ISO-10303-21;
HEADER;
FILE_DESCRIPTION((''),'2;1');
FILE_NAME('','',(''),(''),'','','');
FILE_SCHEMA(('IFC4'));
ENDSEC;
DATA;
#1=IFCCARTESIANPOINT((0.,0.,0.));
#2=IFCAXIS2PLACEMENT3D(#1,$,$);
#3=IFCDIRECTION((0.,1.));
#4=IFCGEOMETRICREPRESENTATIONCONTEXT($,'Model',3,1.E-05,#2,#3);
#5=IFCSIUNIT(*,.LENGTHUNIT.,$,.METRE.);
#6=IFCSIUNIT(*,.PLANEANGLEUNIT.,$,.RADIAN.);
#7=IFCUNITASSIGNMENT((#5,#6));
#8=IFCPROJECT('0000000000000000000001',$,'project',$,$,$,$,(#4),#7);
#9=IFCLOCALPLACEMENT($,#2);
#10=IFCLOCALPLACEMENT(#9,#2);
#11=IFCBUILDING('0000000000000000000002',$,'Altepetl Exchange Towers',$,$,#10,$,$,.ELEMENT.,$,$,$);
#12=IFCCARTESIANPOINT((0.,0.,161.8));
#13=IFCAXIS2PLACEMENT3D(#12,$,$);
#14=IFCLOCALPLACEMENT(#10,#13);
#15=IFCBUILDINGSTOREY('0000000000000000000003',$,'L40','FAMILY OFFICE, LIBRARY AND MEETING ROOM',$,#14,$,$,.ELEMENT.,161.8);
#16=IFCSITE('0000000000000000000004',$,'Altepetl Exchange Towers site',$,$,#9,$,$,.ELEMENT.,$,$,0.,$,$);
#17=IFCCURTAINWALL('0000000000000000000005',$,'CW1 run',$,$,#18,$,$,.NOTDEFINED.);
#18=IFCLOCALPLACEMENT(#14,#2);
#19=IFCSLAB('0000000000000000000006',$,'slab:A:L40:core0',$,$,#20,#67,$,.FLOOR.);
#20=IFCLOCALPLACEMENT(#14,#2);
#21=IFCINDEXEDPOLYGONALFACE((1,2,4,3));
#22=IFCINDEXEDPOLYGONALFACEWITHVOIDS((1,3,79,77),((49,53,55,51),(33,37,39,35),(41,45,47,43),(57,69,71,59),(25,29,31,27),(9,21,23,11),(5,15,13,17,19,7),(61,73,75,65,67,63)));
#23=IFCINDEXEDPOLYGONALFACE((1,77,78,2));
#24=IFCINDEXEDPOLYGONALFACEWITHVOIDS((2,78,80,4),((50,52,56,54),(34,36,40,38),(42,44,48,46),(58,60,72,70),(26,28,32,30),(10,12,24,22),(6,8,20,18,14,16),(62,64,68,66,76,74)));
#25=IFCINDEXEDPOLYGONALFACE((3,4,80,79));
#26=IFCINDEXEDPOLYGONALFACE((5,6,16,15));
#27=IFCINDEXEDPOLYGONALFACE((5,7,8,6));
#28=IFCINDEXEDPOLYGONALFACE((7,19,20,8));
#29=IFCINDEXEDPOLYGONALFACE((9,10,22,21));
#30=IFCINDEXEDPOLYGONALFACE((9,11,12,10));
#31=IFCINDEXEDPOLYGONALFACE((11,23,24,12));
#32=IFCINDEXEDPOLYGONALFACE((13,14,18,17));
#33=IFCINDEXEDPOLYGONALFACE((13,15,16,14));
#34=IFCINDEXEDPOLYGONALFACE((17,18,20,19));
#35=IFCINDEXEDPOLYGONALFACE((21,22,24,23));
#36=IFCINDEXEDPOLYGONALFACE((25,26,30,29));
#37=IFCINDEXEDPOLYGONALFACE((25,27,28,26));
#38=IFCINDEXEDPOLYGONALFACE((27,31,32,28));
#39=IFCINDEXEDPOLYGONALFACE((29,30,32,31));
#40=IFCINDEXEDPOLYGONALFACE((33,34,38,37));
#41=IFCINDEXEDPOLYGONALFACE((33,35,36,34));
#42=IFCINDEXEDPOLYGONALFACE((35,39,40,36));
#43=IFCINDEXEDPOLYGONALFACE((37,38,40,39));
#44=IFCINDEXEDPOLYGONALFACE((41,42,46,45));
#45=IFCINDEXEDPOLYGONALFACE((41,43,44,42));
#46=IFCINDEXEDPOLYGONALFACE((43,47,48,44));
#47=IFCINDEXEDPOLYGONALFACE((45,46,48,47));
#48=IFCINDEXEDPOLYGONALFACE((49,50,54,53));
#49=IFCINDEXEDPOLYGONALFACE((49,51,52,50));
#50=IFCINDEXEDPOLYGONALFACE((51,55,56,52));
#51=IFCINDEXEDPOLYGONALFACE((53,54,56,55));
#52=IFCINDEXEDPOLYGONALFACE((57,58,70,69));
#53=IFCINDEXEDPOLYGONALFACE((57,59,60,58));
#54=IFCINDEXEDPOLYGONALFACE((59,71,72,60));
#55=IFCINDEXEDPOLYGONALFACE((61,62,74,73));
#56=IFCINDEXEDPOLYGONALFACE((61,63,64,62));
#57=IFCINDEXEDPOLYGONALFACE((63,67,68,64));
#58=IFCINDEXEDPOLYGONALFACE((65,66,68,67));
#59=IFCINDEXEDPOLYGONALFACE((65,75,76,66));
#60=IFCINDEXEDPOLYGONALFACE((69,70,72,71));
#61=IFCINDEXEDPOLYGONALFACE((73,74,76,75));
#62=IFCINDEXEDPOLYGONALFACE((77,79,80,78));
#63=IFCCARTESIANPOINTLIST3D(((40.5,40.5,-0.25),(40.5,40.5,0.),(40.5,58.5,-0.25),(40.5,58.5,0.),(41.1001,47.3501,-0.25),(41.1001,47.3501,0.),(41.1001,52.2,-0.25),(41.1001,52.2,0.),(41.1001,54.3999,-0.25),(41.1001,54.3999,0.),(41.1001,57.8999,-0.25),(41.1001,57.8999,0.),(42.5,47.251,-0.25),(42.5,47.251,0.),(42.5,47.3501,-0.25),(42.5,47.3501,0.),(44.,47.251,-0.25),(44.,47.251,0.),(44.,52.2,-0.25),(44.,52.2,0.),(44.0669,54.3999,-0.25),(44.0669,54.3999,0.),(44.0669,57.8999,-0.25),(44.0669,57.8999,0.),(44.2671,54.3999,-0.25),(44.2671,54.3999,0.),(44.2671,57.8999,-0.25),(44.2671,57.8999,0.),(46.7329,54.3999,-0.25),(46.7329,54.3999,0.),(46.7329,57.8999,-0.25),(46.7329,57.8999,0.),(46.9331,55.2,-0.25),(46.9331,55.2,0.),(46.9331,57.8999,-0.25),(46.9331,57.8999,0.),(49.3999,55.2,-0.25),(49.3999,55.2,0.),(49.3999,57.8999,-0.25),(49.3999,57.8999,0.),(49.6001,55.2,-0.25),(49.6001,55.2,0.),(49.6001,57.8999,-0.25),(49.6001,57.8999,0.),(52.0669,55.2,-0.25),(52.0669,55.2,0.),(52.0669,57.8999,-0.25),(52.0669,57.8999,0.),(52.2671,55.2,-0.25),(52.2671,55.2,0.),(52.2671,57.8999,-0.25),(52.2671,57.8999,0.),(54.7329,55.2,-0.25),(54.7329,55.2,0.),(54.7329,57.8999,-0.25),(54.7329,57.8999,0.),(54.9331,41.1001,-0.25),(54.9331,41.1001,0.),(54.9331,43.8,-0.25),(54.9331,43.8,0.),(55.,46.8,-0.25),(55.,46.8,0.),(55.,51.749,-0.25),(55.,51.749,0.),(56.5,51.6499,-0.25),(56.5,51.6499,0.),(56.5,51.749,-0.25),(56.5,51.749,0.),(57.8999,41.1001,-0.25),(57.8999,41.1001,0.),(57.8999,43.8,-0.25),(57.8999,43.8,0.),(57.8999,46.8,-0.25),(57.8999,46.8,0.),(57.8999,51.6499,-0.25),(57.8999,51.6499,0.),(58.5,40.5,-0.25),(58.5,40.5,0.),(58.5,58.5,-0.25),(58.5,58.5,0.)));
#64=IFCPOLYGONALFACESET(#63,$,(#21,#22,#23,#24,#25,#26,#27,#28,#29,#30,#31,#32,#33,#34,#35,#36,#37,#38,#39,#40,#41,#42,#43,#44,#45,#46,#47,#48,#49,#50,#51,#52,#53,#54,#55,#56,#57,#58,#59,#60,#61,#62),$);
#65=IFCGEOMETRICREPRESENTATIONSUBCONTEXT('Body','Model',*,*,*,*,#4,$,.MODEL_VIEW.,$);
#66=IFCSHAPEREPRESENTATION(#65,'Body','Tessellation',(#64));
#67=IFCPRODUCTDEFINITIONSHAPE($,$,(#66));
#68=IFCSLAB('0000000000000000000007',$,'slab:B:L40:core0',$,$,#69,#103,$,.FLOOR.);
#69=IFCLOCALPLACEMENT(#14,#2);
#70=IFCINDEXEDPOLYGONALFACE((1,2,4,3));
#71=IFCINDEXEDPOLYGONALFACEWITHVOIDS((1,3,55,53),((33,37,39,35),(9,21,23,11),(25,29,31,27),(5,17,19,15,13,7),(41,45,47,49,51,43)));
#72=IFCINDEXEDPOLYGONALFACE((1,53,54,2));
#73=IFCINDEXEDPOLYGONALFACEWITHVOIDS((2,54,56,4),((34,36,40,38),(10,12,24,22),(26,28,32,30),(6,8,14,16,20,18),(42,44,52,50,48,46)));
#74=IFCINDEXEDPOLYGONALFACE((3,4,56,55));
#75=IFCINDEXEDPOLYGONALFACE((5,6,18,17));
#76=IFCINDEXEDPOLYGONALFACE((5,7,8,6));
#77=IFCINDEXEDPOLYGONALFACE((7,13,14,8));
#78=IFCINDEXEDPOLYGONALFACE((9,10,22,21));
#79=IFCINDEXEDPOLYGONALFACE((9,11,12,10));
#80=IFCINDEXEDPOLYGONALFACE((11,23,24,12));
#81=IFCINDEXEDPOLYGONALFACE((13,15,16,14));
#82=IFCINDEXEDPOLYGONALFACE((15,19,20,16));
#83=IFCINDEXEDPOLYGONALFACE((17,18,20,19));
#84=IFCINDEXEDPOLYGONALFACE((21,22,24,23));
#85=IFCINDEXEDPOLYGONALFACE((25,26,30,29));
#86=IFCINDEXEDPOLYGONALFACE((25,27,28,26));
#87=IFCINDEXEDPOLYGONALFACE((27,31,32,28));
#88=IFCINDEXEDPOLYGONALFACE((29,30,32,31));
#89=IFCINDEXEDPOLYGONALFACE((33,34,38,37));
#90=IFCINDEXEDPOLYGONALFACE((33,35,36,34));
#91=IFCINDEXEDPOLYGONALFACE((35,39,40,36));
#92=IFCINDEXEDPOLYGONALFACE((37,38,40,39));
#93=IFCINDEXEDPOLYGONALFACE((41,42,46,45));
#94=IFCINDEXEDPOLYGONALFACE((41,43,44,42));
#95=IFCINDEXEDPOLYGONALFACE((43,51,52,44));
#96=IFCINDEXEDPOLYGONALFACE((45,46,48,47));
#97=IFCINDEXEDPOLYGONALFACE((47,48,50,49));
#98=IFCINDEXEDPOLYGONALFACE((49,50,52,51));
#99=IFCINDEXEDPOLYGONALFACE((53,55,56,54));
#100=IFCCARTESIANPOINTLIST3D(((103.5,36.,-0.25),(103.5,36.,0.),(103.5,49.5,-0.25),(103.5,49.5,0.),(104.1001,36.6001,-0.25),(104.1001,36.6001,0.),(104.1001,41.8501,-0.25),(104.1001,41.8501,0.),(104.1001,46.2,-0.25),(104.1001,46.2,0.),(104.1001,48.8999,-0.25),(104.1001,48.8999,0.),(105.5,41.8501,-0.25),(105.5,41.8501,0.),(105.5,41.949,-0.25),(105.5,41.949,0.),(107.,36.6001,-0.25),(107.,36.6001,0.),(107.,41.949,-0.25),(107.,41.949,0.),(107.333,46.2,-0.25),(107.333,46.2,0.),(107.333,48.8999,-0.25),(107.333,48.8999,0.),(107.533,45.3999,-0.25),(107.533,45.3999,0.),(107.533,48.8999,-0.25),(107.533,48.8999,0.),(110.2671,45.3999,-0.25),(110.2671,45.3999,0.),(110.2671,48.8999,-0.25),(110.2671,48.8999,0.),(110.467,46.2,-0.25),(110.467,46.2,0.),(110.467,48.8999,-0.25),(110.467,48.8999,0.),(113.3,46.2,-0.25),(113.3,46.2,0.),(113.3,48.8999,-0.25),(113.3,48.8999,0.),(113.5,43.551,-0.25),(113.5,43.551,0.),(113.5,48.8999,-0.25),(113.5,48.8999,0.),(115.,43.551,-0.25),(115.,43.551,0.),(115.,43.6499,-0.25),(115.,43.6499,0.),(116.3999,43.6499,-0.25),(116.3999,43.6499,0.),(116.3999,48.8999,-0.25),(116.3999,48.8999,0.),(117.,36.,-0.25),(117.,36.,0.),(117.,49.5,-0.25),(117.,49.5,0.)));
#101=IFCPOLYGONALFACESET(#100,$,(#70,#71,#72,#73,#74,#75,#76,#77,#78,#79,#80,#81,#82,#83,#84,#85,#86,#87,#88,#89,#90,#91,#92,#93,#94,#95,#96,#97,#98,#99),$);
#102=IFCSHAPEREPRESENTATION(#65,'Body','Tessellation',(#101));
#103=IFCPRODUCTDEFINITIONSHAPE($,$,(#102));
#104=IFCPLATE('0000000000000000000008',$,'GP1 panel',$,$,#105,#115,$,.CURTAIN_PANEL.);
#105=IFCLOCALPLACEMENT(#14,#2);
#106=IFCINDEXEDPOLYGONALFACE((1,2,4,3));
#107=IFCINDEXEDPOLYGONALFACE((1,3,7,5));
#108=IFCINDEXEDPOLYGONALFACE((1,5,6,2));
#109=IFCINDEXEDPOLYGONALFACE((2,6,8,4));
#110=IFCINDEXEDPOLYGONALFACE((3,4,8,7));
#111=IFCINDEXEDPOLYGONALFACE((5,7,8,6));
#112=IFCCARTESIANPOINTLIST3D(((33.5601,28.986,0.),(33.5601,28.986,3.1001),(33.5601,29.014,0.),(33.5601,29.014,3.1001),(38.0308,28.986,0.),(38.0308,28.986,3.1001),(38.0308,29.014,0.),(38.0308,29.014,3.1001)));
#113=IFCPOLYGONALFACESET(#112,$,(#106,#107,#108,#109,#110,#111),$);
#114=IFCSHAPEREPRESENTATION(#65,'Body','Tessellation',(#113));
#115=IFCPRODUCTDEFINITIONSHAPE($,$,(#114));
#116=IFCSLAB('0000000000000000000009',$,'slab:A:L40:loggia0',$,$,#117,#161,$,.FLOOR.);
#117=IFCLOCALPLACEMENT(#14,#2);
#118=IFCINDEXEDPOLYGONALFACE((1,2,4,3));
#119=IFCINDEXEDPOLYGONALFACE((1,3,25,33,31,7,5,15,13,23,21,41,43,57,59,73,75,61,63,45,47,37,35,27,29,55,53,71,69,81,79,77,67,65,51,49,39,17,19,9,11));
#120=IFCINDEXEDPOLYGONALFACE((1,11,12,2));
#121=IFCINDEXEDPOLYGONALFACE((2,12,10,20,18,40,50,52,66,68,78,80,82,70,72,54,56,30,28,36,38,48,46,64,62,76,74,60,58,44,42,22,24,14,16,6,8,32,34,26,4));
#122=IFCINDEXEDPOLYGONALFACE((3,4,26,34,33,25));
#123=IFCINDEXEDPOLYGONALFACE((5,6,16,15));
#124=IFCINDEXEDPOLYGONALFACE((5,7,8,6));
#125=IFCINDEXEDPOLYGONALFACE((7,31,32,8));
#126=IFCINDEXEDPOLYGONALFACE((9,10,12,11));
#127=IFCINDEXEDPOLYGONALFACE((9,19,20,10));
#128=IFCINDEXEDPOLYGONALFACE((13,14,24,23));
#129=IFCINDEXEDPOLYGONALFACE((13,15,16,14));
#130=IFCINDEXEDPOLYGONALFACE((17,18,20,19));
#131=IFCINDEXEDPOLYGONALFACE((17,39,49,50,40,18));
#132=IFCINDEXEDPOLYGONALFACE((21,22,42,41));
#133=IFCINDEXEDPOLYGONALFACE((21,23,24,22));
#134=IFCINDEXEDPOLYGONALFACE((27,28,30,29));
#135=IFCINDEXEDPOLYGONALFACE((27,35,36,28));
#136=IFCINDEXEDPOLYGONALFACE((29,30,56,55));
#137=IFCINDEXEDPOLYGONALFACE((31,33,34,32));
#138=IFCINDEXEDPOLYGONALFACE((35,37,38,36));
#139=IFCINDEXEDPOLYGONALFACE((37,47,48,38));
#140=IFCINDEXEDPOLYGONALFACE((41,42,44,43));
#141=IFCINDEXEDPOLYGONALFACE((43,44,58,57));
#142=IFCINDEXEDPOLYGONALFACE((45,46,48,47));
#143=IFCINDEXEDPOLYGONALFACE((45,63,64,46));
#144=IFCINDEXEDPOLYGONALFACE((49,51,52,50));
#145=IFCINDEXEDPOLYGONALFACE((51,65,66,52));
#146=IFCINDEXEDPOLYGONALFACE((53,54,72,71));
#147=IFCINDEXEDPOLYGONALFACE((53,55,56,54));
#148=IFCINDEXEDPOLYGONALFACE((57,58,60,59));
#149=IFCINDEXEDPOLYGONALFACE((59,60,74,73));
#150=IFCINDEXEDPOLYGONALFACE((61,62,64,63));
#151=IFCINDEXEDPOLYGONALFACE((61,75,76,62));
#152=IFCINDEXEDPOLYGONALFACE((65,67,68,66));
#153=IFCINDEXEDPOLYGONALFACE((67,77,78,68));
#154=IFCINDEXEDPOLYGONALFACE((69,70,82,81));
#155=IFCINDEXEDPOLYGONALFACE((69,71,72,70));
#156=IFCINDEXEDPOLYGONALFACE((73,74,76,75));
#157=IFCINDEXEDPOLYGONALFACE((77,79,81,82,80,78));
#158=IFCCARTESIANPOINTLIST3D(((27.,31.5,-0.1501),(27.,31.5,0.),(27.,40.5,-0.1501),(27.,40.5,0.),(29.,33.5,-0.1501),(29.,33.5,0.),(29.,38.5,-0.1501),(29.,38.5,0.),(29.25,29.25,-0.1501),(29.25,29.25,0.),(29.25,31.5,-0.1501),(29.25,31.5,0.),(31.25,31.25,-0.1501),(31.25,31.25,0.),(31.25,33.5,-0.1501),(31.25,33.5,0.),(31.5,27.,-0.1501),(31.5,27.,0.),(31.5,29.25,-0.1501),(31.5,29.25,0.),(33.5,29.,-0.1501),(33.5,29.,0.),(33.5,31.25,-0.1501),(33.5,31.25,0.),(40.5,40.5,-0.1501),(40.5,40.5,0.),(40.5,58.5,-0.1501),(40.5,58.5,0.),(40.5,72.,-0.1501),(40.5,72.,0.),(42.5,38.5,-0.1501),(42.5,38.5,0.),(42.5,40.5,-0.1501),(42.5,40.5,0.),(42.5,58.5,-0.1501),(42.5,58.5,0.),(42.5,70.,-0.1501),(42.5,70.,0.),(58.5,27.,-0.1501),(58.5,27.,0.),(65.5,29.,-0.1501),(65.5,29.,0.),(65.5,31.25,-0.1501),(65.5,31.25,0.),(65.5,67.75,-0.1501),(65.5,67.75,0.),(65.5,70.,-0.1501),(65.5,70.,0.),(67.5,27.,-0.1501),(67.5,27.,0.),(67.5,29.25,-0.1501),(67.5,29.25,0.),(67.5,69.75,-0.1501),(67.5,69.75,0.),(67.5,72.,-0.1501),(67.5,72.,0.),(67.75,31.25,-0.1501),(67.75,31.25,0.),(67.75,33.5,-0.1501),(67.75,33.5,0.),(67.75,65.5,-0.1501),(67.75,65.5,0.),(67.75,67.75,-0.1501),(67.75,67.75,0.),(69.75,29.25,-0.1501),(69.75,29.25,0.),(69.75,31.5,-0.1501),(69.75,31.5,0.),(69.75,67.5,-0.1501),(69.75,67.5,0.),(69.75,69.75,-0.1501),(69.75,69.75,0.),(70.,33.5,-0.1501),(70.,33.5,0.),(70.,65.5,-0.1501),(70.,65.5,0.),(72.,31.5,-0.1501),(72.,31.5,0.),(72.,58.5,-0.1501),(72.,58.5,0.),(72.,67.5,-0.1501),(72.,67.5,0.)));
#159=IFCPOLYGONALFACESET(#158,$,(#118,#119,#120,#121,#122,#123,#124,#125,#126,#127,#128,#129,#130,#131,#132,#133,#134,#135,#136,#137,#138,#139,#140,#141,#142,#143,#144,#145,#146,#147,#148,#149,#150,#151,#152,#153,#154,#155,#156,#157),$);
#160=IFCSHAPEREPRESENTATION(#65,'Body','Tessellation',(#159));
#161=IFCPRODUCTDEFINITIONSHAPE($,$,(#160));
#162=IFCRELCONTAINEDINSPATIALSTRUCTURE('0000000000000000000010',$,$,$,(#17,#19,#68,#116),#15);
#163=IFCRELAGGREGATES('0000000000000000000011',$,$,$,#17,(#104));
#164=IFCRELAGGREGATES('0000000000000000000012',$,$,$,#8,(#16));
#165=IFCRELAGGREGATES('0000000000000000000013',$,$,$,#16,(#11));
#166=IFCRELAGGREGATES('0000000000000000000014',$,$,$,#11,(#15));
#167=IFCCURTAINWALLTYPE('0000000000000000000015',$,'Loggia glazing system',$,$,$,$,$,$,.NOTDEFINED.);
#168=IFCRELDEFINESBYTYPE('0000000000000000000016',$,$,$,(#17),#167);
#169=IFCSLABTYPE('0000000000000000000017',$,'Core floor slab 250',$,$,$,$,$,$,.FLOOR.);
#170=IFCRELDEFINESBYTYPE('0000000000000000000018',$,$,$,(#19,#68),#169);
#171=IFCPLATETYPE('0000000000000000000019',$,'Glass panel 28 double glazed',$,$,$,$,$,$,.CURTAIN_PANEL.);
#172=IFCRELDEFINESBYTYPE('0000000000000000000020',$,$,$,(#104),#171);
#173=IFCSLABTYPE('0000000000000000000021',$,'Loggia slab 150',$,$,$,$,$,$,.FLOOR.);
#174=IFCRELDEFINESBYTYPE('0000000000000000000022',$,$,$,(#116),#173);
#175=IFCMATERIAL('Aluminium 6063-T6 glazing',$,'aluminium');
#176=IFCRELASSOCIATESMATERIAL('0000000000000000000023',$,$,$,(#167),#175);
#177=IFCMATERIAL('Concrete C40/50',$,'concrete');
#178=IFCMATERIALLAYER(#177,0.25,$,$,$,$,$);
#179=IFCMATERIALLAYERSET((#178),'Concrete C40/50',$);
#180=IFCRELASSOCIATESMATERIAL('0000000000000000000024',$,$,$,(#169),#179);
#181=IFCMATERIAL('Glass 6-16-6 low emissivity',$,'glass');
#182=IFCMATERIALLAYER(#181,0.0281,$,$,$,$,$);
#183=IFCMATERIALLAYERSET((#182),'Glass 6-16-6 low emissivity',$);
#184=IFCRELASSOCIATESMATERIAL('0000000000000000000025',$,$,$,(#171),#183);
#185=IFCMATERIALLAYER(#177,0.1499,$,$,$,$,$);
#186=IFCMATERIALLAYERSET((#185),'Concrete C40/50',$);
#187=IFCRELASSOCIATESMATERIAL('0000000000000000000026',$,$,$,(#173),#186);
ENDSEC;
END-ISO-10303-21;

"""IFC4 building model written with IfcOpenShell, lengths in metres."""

from ifc_helpers import new_model, si_unit, direction, frame, origin, origin_2d, place, context, subcontext, project, spatial, polyline, rectangle, outline, extrude, material, layer, layer_set, type_object, element, aggregate, save


model = new_model("IFC4")

# Units and contexts
model_context = context("Model", 3, precision=1e-05, world=origin(), true_north=direction((0.0, 1.0)))
body_context = subcontext(model_context, "Body", "Model", "MODEL_VIEW")
ifc_project = project(units=[si_unit("LENGTHUNIT", "METRE"), si_unit("PLANEANGLEUNIT", "RADIAN")], contexts=[model_context])

# Site, building, storey
site_placement = place(None, origin())
site = spatial("IfcSite", under=ifc_project, at=site_placement, Name="Altepetl Exchange Towers site", CompositionType="ELEMENT", RefElevation=0.0)
building_placement = place(site_placement, origin())
building = spatial("IfcBuilding", under=site, at=building_placement, Name="Altepetl Exchange Towers", CompositionType="ELEMENT")
storey_placement = place(building_placement, frame((0.0, 0.0, 161.8)))
storey = spatial("IfcBuildingStorey", under=building, at=storey_placement, Name="L40", Description="FAMILY OFFICE, LIBRARY AND MEETING ROOM", CompositionType="ELEMENT", Elevation=161.8)

# Curtain wall
ifc_material_1 = material(Name="Aluminium 6063-T6 glazing", Category="aluminium")
curtain_wall_type = type_object("IfcCurtainWallType", Name="Loggia glazing system", PredefinedType="NOTDEFINED", material=ifc_material_1)
curtain_wall_1_placement = place(storey_placement, origin())
curtain_wall_1 = element("IfcCurtainWall", 1, at=curtain_wall_1_placement, inside=storey, type_object=curtain_wall_type, Name="CW1 run", PredefinedType="NOTDEFINED")

# Slabs
ifc_material_2 = material(Name="Concrete C40/50", Category="concrete")
ifc_layer_1 = layer(ifc_material_2, 0.25)
ifc_layer_set_1 = layer_set([ifc_layer_1], Name="Concrete C40/50")
slab_type_1 = type_object("IfcSlabType", Name="Core floor slab 250", PredefinedType="FLOOR", material=ifc_layer_set_1)
slab_1_placement = place(storey_placement, frame((0.0, 0.0, -0.25)))
element("IfcSlab", 2, at=slab_1_placement, inside=storey, type_object=slab_type_1, Name="slab:A:L40:core0", PredefinedType="FLOOR", context=body_context, shape_type="SweptSolid", body=[
    extrude(outline(polyline([(40.5, 40.5), (58.5, 40.5), (58.5, 58.5), (40.5, 58.5), (40.5, 40.5)]), holes=[polyline([(54.9331, 43.8), (57.8999, 43.8), (57.8999, 41.1001), (54.9331, 41.1001), (54.9331, 43.8)]), polyline([(55.0, 51.749), (56.5, 51.749), (56.5, 51.6499), (57.8999, 51.6499), (57.8999, 46.8), (55.0, 46.8), (55.0, 51.749)]), polyline([(44.0, 47.251), (42.5, 47.251), (42.5, 47.3501), (41.1001, 47.3501), (41.1001, 52.2), (44.0, 52.2), (44.0, 47.251)]), polyline([(41.1001, 57.8999), (44.0669, 57.8999), (44.0669, 54.3999), (41.1001, 54.3999), (41.1001, 57.8999)]), polyline([(44.2671, 57.8999), (46.7329, 57.8999), (46.7329, 54.3999), (44.2671, 54.3999), (44.2671, 57.8999)]), polyline([(46.9331, 57.8999), (49.3999, 57.8999), (49.3999, 55.2), (46.9331, 55.2), (46.9331, 57.8999)]), polyline([(49.6001, 57.8999), (52.0669, 57.8999), (52.0669, 55.2), (49.6001, 55.2), (49.6001, 57.8999)]), polyline([(52.2671, 57.8999), (54.7329, 57.8999), (54.7329, 55.2), (52.2671, 55.2), (52.2671, 57.8999)])]), origin(), (0.0, 0.0, 1.0), 0.25),
])
slab_2_placement = place(storey_placement, frame((0.0, 0.0, -0.25)))
element("IfcSlab", 3, at=slab_2_placement, inside=storey, type_object=slab_type_1, Name="slab:B:L40:core0", PredefinedType="FLOOR", context=body_context, shape_type="SweptSolid", body=[
    extrude(outline(polyline([(103.5, 36.0), (117.0, 36.0), (117.0, 49.5), (103.5, 49.5), (103.5, 36.0)]), holes=[polyline([(107.0, 36.6001), (104.1001, 36.6001), (104.1001, 41.8501), (105.5, 41.8501), (105.5, 41.949), (107.0, 41.949), (107.0, 36.6001)]), polyline([(113.5, 48.8999), (116.3999, 48.8999), (116.3999, 43.6499), (115.0, 43.6499), (115.0, 43.551), (113.5, 43.551), (113.5, 48.8999)]), polyline([(107.533, 45.3999), (107.533, 48.8999), (110.2671, 48.8999), (110.2671, 45.3999), (107.533, 45.3999)]), polyline([(104.1001, 48.8999), (107.333, 48.8999), (107.333, 46.2), (104.1001, 46.2), (104.1001, 48.8999)]), polyline([(110.467, 48.8999), (113.3, 48.8999), (113.3, 46.2), (110.467, 46.2), (110.467, 48.8999)])]), origin(), (0.0, 0.0, 1.0), 0.25),
])

# Plate
ifc_material_3 = material(Name="Glass 6-16-6 low emissivity", Category="glass")
ifc_layer_2 = layer(ifc_material_3, 0.0281)
ifc_layer_set_2 = layer_set([ifc_layer_2], Name="Glass 6-16-6 low emissivity")
plate_type = type_object("IfcPlateType", Name="Glass panel 28 double glazed", PredefinedType="CURTAIN_PANEL", material=ifc_layer_set_2)
plate_placement = place(storey_placement, frame((35.7954, 29.0, 0.0)))
plate = element("IfcPlate", 4, at=plate_placement, type_object=plate_type, Name="GP1 panel", PredefinedType="CURTAIN_PANEL", context=body_context, shape_type="SweptSolid", body=[
    extrude(rectangle(XDim=4.4707, YDim=0.0281, at=origin_2d()), origin(), (0.0, 0.0, 1.0), 3.1001),
])
aggregate(curtain_wall_1, [plate])

# Slab
ifc_layer_3 = layer(ifc_material_2, 0.1499)
ifc_layer_set_3 = layer_set([ifc_layer_3], Name="Concrete C40/50")
slab_type_2 = type_object("IfcSlabType", Name="Loggia slab 150", PredefinedType="FLOOR", material=ifc_layer_set_3)
slab_3_placement = place(storey_placement, frame((0.0, 0.0, -0.1501)))
element("IfcSlab", 5, at=slab_3_placement, inside=storey, type_object=slab_type_2, Name="slab:A:L40:loggia0", PredefinedType="FLOOR", context=body_context, shape_type="SweptSolid", body=[
    extrude(outline(polyline([(40.5, 72.0), (40.5, 58.5), (42.5, 58.5), (42.5, 70.0), (65.5, 70.0), (65.5, 67.75), (67.75, 67.75), (67.75, 65.5), (70.0, 65.5), (70.0, 33.5), (67.75, 33.5), (67.75, 31.25), (65.5, 31.25), (65.5, 29.0), (33.5, 29.0), (33.5, 31.25), (31.25, 31.25), (31.25, 33.5), (29.0, 33.5), (29.0, 38.5), (42.5, 38.5), (42.5, 40.5), (40.5, 40.5), (27.0, 40.5), (27.0, 31.5), (29.25, 31.5), (29.25, 29.25), (31.5, 29.25), (31.5, 27.0), (58.5, 27.0), (67.5, 27.0), (67.5, 29.25), (69.75, 29.25), (69.75, 31.5), (72.0, 31.5), (72.0, 58.5), (72.0, 67.5), (69.75, 67.5), (69.75, 69.75), (67.5, 69.75), (67.5, 72.0), (40.5, 72.0)])), origin(), (0.0, 0.0, 1.0), 0.1501),
])

save(model, "model.ifc")
